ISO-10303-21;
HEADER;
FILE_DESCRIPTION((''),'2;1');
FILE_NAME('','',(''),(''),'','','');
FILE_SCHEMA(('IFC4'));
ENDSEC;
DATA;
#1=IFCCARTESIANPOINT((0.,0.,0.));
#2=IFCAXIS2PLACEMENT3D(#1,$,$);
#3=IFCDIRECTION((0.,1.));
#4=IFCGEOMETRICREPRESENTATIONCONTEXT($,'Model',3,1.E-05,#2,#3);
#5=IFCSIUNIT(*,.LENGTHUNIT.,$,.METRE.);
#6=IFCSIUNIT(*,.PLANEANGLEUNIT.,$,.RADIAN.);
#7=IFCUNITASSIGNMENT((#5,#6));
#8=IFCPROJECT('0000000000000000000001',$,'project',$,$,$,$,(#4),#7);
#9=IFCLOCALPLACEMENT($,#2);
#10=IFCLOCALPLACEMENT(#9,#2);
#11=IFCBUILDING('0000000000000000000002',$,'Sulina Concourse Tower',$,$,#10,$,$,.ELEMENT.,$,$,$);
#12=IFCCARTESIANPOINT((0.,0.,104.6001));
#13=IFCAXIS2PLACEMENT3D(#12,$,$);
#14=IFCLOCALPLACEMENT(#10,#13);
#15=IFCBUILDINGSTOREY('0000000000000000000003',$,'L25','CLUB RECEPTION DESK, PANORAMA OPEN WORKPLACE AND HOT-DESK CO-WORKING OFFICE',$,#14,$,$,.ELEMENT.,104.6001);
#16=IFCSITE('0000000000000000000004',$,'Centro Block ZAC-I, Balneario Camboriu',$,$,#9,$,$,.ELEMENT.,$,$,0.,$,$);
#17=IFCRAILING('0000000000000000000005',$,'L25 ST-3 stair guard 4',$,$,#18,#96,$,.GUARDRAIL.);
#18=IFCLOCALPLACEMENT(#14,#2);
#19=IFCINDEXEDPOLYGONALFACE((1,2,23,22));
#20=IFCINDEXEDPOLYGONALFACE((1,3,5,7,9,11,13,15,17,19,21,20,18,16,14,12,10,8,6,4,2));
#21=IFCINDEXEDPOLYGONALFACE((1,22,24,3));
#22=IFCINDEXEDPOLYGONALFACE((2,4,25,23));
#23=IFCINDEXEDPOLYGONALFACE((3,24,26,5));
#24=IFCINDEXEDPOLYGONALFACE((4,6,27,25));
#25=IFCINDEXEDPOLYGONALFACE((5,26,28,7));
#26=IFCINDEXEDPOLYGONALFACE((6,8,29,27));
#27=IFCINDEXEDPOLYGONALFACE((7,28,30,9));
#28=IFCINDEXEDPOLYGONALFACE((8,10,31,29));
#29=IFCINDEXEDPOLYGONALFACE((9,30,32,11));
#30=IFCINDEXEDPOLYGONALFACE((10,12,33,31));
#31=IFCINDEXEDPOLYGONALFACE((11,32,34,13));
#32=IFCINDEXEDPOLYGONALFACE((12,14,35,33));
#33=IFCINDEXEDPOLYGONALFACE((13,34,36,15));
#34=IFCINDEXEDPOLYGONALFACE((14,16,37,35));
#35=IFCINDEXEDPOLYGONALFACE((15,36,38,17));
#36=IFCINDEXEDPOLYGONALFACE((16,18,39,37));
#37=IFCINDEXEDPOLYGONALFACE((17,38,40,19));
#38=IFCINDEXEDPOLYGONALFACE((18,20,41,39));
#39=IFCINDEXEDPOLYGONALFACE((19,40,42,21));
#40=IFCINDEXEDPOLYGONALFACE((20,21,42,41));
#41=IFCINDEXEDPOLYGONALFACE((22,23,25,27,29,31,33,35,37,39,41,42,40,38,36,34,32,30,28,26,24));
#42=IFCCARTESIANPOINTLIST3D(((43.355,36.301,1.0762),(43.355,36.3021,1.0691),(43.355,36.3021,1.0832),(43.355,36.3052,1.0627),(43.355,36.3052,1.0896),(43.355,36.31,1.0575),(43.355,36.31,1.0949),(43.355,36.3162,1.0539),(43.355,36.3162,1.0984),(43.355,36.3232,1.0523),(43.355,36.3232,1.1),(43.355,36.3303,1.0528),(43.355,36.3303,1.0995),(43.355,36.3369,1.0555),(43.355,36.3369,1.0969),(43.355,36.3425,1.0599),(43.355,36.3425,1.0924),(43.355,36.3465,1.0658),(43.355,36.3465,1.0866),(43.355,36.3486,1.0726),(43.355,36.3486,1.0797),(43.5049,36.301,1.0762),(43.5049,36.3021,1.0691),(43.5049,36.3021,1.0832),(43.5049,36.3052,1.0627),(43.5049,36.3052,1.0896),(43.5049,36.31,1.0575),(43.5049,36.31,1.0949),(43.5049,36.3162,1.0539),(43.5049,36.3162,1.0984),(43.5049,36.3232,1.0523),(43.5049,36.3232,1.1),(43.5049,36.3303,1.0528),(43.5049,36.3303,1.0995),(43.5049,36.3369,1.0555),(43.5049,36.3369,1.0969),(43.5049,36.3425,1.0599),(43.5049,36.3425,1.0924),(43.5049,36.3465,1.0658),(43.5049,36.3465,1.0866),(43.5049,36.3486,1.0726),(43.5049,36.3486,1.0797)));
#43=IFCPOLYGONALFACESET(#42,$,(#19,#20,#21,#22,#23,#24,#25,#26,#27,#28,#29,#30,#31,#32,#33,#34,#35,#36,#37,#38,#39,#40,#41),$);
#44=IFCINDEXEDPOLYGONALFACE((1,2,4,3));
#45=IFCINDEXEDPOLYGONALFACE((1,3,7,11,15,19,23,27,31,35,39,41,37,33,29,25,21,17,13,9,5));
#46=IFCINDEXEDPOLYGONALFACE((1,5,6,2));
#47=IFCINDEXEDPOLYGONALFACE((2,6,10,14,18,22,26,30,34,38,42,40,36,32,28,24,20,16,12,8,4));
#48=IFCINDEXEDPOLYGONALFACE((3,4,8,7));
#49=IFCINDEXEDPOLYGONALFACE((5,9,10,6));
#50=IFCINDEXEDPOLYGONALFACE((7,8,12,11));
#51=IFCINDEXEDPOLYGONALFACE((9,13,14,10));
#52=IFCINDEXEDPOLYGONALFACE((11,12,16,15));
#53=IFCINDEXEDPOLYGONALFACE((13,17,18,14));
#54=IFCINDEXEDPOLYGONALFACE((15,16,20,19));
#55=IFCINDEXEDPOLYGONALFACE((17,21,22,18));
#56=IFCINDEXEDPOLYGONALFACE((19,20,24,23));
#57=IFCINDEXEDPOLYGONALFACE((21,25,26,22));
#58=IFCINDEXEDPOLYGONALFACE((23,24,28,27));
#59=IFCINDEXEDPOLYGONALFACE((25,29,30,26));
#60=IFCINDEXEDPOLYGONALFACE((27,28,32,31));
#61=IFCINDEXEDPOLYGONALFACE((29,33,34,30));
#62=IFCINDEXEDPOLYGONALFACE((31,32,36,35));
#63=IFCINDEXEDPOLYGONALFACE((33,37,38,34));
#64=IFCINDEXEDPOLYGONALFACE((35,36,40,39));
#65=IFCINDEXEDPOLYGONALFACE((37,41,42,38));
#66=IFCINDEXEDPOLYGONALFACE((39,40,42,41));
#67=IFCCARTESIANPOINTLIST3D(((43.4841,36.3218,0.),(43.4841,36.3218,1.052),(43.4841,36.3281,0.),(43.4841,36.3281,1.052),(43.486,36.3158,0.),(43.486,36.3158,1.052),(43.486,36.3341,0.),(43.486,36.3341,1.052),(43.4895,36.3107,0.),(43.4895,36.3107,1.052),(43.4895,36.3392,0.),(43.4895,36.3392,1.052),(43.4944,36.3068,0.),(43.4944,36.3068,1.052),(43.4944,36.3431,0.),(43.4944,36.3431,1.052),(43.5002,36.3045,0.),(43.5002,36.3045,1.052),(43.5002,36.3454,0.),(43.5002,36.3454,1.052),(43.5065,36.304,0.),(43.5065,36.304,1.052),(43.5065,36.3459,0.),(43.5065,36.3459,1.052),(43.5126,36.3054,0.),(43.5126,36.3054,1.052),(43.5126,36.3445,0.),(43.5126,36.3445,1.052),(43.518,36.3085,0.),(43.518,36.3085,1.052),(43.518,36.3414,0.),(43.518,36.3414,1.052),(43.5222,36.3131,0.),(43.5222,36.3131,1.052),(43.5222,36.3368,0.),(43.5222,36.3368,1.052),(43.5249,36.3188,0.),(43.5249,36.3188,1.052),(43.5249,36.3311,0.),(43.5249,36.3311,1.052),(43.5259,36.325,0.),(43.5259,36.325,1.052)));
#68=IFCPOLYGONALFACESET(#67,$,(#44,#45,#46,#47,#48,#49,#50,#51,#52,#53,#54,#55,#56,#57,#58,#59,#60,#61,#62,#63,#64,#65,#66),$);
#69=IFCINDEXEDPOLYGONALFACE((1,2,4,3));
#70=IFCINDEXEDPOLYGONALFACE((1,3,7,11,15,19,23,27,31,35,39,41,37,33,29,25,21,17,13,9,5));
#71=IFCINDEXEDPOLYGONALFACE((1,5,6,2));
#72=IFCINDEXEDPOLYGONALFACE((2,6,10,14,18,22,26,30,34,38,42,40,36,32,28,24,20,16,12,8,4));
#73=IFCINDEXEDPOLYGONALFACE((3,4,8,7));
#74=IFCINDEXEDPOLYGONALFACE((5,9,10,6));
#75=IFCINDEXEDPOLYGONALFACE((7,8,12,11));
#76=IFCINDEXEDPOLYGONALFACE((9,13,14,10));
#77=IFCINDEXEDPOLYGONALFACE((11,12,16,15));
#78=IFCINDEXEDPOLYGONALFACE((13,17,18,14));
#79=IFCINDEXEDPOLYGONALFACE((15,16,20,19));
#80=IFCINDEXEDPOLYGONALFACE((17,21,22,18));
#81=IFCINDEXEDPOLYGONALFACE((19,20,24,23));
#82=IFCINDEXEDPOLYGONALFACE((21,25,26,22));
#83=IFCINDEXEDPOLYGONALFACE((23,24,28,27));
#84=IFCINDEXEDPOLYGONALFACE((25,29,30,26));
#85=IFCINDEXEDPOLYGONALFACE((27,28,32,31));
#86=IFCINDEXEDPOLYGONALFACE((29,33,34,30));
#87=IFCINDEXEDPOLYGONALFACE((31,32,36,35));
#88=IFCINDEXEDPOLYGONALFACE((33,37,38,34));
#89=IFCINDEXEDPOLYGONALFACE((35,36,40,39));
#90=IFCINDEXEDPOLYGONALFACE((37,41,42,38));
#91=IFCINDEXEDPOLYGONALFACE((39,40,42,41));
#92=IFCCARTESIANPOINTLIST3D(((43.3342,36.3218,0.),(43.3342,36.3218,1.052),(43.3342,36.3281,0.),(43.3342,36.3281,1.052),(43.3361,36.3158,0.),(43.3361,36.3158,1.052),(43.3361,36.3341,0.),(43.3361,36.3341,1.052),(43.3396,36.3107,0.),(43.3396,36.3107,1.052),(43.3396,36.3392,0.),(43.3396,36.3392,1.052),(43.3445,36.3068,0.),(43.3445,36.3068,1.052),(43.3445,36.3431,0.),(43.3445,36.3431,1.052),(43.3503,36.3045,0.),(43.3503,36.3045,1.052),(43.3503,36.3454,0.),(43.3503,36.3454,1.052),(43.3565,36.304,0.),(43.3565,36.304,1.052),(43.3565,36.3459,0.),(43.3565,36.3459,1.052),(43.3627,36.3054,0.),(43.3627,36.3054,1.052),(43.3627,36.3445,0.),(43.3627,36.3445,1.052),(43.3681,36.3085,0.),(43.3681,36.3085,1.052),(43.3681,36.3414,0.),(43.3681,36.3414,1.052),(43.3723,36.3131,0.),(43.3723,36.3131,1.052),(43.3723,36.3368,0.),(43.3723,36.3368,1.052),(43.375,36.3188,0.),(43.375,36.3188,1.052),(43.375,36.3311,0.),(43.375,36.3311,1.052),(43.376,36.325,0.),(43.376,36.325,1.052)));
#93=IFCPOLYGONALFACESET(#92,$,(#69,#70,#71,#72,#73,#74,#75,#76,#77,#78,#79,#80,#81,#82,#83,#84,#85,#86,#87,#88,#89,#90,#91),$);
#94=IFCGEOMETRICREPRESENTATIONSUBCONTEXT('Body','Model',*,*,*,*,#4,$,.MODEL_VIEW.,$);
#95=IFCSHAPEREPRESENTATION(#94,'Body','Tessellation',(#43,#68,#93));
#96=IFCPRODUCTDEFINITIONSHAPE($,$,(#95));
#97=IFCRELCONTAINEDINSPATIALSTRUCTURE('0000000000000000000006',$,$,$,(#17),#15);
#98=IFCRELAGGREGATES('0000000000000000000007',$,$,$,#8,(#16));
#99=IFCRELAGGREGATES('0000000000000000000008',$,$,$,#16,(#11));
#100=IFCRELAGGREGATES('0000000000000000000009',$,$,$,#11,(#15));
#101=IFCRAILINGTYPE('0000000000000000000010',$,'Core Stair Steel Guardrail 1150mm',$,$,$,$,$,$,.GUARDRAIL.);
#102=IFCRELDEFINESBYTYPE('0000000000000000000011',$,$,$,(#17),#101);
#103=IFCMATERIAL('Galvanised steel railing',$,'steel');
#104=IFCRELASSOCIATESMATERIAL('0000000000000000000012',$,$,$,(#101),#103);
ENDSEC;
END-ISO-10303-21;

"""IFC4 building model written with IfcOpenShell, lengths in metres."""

from ifc_helpers import new_model, si_unit, direction, frame, origin, origin_2d, place, context, subcontext, project, spatial, circle, extrude, material, type_object, element, save


model = new_model("IFC4")

# Units and contexts
model_context = context("Model", 3, precision=1e-05, world=origin(), true_north=direction((0.0, 1.0)))
body_context = subcontext(model_context, "Body", "Model", "MODEL_VIEW")
ifc_project = project(units=[si_unit("LENGTHUNIT", "METRE"), si_unit("PLANEANGLEUNIT", "RADIAN")], contexts=[model_context])

# Site, building, storey
site_placement = place(None, origin())
site = spatial("IfcSite", under=ifc_project, at=site_placement, Name="Centro Block ZAC-I, Balneario Camboriu", CompositionType="ELEMENT", RefElevation=0.0)
building_placement = place(site_placement, origin())
building = spatial("IfcBuilding", under=site, at=building_placement, Name="Sulina Concourse Tower", CompositionType="ELEMENT")
storey_placement = place(building_placement, frame((0.0, 0.0, 104.6001)))
storey = spatial("IfcBuildingStorey", under=building, at=storey_placement, Name="L25", Description="CLUB RECEPTION DESK, PANORAMA OPEN WORKPLACE AND HOT-DESK CO-WORKING OFFICE", CompositionType="ELEMENT", Elevation=104.6001)

# Railing
ifc_material_1 = material(Name="Galvanised steel railing", Category="steel")
railing_type_1 = type_object("IfcRailingType", Name="Core Stair Steel Guardrail 1150mm", PredefinedType="GUARDRAIL", material=ifc_material_1)
railing_1_placement = place(storey_placement, frame((43.5049, 36.325, 0.0)))
element("IfcRailing", 1, at=railing_1_placement, inside=storey, type_object=railing_type_1, Name="L25 ST-3 stair guard 4", PredefinedType="GUARDRAIL", context=body_context, shape_type="SweptSolid", body=[
    extrude(circle(Radius=0.0239, at=origin_2d()), frame((0.0, 0.0, 1.0762), z_axis=(-1.0, 0.0, 0.0), x_axis=(0.0, -1.0, 0.0)), (0.0, 0.0, 1.0), 0.1499),
    extrude(circle(Radius=0.021, at=origin_2d()), origin(), (0.0, 0.0, 1.0), 1.052),
    extrude(circle(Radius=0.021, at=origin_2d()), frame((-0.1499, 0.0, 0.0)), (0.0, 0.0, 1.0), 1.052),
])

save(model, "model.ifc")
